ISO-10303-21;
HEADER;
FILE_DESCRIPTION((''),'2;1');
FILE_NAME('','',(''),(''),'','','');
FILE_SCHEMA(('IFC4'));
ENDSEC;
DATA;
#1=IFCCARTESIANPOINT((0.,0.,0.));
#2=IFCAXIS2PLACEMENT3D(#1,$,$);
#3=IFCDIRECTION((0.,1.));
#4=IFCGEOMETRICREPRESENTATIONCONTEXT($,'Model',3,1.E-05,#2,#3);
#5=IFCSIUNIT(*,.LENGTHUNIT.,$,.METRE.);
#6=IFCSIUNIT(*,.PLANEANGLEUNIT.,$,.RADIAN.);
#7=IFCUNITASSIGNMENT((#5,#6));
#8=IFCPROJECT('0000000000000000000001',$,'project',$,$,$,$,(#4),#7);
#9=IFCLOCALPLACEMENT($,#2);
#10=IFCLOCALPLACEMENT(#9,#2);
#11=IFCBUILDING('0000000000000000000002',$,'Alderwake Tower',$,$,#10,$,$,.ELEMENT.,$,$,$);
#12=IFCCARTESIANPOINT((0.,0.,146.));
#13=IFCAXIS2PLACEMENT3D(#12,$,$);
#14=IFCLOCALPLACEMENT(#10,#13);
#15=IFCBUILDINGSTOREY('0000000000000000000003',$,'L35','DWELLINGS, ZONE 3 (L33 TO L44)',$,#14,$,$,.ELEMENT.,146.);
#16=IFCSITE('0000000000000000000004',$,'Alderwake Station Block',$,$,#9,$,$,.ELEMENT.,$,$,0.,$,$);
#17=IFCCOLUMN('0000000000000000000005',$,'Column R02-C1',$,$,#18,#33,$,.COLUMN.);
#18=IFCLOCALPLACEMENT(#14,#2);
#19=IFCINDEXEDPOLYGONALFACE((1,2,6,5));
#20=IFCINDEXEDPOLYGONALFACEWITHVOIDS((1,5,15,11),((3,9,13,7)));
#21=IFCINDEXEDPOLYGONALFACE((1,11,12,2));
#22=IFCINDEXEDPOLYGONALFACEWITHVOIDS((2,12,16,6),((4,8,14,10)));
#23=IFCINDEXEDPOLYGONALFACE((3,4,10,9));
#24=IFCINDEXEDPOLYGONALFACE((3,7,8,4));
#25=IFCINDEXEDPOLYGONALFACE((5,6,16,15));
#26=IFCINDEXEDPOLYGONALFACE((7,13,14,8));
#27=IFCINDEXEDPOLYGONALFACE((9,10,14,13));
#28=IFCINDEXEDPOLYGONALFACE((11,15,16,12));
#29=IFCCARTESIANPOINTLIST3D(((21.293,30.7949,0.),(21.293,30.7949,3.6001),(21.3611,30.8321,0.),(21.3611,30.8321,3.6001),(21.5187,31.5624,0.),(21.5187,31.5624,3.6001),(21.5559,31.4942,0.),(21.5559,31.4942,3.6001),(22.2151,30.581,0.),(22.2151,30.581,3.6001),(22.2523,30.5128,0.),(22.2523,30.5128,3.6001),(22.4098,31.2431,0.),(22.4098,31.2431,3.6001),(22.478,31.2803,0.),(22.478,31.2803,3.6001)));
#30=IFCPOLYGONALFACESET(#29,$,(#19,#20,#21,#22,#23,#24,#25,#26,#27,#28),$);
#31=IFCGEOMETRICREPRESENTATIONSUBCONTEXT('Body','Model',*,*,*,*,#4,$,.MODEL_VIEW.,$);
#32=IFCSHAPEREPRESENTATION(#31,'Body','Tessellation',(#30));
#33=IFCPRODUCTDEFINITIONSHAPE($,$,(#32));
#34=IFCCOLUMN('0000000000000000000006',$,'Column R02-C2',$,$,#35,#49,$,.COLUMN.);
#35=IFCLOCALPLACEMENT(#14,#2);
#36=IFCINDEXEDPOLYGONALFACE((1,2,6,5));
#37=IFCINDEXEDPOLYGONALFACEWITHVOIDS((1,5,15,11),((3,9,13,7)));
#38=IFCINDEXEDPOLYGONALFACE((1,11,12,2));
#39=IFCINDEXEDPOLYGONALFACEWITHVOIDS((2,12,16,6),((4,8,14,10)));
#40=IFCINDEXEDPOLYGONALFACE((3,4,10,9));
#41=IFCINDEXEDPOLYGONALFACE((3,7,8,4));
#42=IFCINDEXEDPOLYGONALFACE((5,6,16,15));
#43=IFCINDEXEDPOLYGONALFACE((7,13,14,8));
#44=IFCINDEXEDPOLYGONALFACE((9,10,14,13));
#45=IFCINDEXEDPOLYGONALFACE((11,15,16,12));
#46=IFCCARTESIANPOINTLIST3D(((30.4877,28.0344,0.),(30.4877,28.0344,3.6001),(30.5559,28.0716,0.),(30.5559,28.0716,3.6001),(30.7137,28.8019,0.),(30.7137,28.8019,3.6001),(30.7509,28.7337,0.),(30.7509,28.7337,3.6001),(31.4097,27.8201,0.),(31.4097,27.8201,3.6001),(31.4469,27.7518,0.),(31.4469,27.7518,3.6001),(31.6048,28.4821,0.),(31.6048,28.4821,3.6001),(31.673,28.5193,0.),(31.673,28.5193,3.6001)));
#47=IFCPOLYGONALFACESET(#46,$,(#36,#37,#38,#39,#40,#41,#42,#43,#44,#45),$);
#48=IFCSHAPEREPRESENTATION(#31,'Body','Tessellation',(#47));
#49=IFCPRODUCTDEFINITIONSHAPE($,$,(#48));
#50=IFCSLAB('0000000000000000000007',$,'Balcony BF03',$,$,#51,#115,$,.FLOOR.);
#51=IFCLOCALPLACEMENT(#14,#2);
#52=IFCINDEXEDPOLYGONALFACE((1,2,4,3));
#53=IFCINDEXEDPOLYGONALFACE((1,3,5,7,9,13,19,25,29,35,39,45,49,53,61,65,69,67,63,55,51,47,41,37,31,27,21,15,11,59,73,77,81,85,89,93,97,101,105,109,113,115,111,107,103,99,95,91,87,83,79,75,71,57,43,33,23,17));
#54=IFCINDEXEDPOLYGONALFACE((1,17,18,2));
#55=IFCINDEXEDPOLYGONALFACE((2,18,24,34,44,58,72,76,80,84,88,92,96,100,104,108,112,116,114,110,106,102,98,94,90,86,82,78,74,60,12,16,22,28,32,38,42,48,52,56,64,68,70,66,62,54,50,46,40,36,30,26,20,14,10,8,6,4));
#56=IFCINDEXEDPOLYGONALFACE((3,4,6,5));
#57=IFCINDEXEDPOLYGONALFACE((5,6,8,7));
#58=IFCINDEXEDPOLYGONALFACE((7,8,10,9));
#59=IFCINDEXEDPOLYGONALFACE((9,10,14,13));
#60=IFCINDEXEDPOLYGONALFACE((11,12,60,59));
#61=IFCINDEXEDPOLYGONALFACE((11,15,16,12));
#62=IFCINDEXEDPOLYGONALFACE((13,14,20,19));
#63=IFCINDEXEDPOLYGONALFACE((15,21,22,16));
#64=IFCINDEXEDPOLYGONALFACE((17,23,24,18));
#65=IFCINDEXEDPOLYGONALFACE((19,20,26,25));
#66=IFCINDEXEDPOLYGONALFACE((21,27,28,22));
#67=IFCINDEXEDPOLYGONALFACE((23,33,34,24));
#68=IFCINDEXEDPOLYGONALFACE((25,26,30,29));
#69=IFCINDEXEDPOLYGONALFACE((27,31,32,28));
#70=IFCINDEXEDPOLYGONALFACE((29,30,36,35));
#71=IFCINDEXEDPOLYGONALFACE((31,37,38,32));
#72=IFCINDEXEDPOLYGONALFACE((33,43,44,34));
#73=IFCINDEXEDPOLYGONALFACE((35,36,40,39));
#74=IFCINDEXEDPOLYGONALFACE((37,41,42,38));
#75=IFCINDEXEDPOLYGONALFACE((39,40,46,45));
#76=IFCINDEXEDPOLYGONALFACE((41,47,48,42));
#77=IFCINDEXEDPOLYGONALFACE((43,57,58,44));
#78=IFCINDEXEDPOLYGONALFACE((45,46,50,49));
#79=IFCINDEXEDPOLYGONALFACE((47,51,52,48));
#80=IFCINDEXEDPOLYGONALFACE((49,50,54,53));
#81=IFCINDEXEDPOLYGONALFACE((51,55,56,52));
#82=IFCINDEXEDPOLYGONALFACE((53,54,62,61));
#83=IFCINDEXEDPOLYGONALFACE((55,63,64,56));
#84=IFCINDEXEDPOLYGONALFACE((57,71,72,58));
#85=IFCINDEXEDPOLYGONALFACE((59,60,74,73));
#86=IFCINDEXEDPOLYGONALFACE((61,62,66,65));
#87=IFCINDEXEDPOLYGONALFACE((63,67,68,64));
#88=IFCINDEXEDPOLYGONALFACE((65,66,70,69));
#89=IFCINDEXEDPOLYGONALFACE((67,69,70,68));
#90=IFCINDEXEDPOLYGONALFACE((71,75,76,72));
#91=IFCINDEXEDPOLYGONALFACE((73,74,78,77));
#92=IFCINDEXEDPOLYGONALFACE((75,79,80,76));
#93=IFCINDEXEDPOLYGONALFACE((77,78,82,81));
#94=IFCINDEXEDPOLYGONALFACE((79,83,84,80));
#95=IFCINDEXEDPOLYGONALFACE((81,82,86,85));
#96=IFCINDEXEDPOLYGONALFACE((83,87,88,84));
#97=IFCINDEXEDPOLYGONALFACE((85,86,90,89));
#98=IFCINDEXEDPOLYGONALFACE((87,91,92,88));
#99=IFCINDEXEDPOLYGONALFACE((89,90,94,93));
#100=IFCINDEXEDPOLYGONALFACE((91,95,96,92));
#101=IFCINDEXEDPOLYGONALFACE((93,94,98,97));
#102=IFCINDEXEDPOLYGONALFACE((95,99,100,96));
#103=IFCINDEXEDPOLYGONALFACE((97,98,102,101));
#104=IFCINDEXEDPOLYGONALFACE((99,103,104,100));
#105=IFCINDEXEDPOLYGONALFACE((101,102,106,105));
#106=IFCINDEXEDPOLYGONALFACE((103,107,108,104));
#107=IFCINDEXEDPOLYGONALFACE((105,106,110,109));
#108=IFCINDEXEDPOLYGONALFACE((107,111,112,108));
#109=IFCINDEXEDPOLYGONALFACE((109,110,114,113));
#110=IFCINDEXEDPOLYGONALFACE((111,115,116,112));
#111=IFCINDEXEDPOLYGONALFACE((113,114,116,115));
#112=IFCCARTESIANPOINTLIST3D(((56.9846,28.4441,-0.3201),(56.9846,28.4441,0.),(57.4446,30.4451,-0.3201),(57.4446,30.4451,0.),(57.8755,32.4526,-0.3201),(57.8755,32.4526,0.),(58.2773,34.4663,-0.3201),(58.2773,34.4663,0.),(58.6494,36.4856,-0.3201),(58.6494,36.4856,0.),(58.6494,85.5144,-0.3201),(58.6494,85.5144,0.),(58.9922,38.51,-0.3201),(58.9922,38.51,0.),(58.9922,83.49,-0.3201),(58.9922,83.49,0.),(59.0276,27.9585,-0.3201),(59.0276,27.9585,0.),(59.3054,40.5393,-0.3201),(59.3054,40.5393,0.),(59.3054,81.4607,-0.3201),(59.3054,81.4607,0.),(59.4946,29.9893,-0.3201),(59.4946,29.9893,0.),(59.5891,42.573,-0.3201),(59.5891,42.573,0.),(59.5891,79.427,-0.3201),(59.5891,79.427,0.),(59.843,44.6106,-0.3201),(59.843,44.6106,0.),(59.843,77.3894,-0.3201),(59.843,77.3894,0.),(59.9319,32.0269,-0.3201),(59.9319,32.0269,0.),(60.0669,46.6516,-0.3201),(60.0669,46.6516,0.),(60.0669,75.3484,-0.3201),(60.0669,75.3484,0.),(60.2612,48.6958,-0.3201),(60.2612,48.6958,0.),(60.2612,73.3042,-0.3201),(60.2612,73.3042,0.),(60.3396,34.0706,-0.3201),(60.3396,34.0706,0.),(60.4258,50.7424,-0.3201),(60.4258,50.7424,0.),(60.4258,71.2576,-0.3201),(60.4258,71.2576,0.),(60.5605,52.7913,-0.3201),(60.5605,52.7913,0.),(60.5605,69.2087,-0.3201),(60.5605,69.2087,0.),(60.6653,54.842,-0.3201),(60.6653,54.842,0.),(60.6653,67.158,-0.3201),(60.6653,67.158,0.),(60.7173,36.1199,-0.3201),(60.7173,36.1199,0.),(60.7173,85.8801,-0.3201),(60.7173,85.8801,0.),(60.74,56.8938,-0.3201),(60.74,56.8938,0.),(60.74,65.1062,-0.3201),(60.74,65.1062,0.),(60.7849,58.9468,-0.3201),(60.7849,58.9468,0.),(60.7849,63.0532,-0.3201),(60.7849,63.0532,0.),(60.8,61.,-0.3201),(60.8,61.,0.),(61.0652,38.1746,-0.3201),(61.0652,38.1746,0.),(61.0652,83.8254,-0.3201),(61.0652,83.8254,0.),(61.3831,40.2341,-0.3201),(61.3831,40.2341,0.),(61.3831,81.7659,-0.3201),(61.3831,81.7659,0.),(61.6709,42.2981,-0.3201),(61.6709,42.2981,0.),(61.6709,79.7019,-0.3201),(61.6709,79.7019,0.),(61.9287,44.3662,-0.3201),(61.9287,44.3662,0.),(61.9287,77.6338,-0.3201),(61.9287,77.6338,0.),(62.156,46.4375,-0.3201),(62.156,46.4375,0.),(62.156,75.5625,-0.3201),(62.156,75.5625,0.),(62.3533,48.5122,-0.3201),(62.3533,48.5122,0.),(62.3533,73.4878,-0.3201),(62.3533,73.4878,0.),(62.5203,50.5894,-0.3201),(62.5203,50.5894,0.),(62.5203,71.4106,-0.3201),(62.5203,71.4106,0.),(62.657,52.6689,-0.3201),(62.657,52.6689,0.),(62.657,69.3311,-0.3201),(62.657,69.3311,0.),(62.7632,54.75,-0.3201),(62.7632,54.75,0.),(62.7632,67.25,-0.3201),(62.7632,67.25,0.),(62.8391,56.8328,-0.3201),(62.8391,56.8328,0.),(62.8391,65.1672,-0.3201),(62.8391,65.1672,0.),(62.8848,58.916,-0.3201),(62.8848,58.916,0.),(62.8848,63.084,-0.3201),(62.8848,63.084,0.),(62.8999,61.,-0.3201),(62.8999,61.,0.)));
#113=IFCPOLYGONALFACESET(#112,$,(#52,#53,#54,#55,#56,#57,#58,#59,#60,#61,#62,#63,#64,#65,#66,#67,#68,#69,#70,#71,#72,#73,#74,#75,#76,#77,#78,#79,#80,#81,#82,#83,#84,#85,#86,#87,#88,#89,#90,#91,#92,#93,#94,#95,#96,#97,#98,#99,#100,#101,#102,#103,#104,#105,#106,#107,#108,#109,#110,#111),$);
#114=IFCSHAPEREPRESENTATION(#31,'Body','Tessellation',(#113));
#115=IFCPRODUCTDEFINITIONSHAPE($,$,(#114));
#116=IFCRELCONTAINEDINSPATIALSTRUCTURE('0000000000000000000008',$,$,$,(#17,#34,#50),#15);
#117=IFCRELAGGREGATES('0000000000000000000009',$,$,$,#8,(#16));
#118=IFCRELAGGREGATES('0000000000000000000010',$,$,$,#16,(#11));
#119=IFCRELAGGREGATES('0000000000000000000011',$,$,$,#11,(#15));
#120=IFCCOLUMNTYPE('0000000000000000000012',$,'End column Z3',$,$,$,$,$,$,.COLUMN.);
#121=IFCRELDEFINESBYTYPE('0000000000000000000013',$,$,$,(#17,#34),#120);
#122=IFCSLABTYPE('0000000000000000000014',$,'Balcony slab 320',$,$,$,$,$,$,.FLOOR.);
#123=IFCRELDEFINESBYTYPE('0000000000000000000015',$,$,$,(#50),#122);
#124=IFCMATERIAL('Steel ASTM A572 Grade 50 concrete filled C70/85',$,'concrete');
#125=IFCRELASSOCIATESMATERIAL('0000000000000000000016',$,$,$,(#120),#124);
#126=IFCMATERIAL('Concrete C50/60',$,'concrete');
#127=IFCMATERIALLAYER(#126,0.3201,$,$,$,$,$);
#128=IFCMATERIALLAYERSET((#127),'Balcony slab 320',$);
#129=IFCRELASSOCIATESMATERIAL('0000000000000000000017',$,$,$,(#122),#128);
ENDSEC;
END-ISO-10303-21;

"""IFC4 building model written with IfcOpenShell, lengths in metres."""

from ifc_helpers import new_model, si_unit, direction, frame, origin, origin_2d, place, context, subcontext, project, spatial, polyline, hollow_rectangle, outline, extrude, material, layer, layer_set, material_profile, profile_set, type_object, element, save


model = new_model("IFC4")

# Units and contexts
model_context = context("Model", 3, precision=1e-05, world=origin(), true_north=direction((0.0, 1.0)))
body_context = subcontext(model_context, "Body", "Model", "MODEL_VIEW")
ifc_project = project(units=[si_unit("LENGTHUNIT", "METRE"), si_unit("PLANEANGLEUNIT", "RADIAN")], contexts=[model_context])

# Site, building, storey
site_placement = place(None, origin())
site = spatial("IfcSite", under=ifc_project, at=site_placement, Name="Alderwake Station Block", CompositionType="ELEMENT", RefElevation=0.0)
building_placement = place(site_placement, origin())
building = spatial("IfcBuilding", under=site, at=building_placement, Name="Alderwake Tower", CompositionType="ELEMENT")
storey_placement = place(building_placement, frame((0.0, 0.0, 146.0)))
storey = spatial("IfcBuildingStorey", under=building, at=storey_placement, Name="L35", Description="DWELLINGS, ZONE 3 (L33 TO L44)", CompositionType="ELEMENT", Elevation=146.0)

# Columns
ifc_material_1 = material(Name="Steel ASTM A572 Grade 50 concrete filled C70/85", Category="concrete")
ifc_material_profile_1 = material_profile(ifc_material_1, hollow_rectangle(XDim=0.8, YDim=1.0, WallThickness=0.0549, at=origin_2d()), Name="BOX 1000X800X55")
ifc_profile_set_1 = profile_set([ifc_material_profile_1], Name="Steel ASTM A572 Grade 50 concrete filled C70/85")
column_type = type_object("IfcColumnType", Name="End column Z3", PredefinedType="COLUMN", material=ifc_profile_set_1)
for number, where, z_axis, x_axis, name in (
    (1, (21.8855, 31.0376, 0.0), (0.0, 0.0, 1.0), (0.282132, 0.959376, 0.0), "Column R02-C1"),
    (2, (31.0803, 28.2769, 0.0), (0.0, 0.0, 1.0), (0.282583, 0.959243, 0.0), "Column R02-C2"),
):
    element("IfcColumn", number, at=place(storey_placement, frame(where, z_axis=z_axis, x_axis=x_axis)), inside=storey, type_object=column_type, Name=name, PredefinedType="COLUMN", context=body_context, shape_type="SweptSolid", body=[
        extrude(hollow_rectangle(XDim=0.8, YDim=1.0, WallThickness=0.0549, at=origin_2d()), origin(), (0.0, 0.0, 1.0), 3.6001),
    ])

# Slab
ifc_material_2 = material(Name="Concrete C50/60", Category="concrete")
ifc_layer_1 = layer(ifc_material_2, 0.3201)
ifc_layer_set_1 = layer_set([ifc_layer_1], Name="Balcony slab 320")
slab_type_1 = type_object("IfcSlabType", Name="Balcony slab 320", PredefinedType="FLOOR", material=ifc_layer_set_1)
slab_1_placement = place(storey_placement, frame((0.0, 0.0, -0.3201)))
element("IfcSlab", 3, at=slab_1_placement, inside=storey, type_object=slab_type_1, Name="Balcony BF03", PredefinedType="FLOOR", context=body_context, shape_type="SweptSolid", body=[
    extrude(outline(polyline([(59.4946, 29.9893), (59.9319, 32.0269), (60.3396, 34.0706), (60.7173, 36.1199), (61.0652, 38.1746), (61.3831, 40.2341), (61.6709, 42.2981), (61.9287, 44.3662), (62.156, 46.4375), (62.3533, 48.5122), (62.5203, 50.5894), (62.657, 52.6689), (62.7632, 54.75), (62.8391, 56.8328), (62.8848, 58.916), (62.8999, 61.0), (62.8848, 63.084), (62.8391, 65.1672), (62.7632, 67.25), (62.657, 69.3311), (62.5203, 71.4106), (62.3533, 73.4878), (62.156, 75.5625), (61.9287, 77.6338), (61.6709, 79.7019), (61.3831, 81.7659), (61.0652, 83.8254), (60.7173, 85.8801), (58.6494, 85.5144), (58.9922, 83.49), (59.3054, 81.4607), (59.5891, 79.427), (59.843, 77.3894), (60.0669, 75.3484), (60.2612, 73.3042), (60.4258, 71.2576), (60.5605, 69.2087), (60.6653, 67.158), (60.74, 65.1062), (60.7849, 63.0532), (60.8, 61.0), (60.7849, 58.9468), (60.74, 56.8938), (60.6653, 54.842), (60.5605, 52.7913), (60.4258, 50.7424), (60.2612, 48.6958), (60.0669, 46.6516), (59.843, 44.6106), (59.5891, 42.573), (59.3054, 40.5393), (58.9922, 38.51), (58.6494, 36.4856), (58.2773, 34.4663), (57.8755, 32.4526), (57.4446, 30.4451), (56.9846, 28.4441), (59.0276, 27.9585), (59.4946, 29.9893)])), origin(), (0.0, 0.0, 1.0), 0.3201),
])

save(model, "model.ifc")
